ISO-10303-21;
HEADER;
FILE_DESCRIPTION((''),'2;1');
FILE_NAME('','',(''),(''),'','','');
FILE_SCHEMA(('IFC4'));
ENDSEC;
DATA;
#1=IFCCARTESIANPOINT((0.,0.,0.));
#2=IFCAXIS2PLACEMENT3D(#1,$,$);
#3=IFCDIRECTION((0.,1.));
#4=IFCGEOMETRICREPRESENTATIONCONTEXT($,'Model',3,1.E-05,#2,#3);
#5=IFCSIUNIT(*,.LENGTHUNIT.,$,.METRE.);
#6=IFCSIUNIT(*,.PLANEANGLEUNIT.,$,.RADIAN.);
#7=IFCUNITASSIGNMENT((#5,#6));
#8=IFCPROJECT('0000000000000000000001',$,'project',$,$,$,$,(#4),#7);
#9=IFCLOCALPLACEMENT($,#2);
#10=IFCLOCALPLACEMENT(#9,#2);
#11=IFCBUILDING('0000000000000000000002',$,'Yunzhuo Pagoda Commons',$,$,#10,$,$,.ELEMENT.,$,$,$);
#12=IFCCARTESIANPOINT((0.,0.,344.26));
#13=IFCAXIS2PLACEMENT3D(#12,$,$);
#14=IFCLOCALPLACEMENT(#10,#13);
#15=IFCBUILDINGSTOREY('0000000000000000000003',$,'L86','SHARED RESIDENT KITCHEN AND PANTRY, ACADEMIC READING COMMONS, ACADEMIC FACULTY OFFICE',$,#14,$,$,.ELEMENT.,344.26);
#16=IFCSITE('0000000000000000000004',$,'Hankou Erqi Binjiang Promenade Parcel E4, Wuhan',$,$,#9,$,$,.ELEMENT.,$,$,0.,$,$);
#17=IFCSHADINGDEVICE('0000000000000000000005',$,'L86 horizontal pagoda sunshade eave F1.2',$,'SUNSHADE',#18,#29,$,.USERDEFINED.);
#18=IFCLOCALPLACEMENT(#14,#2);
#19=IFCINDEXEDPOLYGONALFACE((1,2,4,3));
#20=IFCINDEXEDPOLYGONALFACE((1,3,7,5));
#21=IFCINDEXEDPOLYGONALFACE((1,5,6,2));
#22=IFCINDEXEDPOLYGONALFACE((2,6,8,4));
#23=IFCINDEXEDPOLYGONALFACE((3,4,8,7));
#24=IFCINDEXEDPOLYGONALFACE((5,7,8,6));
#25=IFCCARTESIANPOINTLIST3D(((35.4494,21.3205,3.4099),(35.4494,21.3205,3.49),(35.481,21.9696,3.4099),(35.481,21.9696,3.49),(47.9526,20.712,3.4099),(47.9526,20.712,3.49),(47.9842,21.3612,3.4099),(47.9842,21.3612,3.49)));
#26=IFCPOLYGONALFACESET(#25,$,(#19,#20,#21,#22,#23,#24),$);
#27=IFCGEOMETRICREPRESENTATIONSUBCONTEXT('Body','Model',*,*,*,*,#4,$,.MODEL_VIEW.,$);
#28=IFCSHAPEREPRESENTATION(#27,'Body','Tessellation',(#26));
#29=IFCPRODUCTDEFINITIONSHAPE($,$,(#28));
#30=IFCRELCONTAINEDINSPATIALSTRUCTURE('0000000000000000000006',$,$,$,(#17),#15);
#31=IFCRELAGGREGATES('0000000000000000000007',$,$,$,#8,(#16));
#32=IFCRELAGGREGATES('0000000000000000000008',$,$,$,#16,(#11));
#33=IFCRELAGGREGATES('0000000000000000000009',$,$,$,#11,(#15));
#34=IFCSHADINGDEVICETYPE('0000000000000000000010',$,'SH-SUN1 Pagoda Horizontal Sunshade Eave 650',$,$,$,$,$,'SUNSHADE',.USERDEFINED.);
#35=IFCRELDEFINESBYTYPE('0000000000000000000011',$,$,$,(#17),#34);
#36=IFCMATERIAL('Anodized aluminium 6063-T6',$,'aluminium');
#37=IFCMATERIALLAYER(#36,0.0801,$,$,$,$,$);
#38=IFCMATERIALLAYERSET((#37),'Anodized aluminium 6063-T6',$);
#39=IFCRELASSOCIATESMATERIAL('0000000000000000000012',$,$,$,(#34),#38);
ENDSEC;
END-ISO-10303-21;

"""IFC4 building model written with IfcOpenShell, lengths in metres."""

from ifc_helpers import new_model, si_unit, direction, frame, origin, origin_2d, place, context, subcontext, project, spatial, rectangle, extrude, source, transform, mapped, material, layer, layer_set, type_object, element, save


model = new_model("IFC4")

# Units and contexts
model_context = context("Model", 3, precision=1e-05, world=origin(), true_north=direction((0.0, 1.0)))
body_context = subcontext(model_context, "Body", "Model", "MODEL_VIEW")
ifc_project = project(units=[si_unit("LENGTHUNIT", "METRE"), si_unit("PLANEANGLEUNIT", "RADIAN")], contexts=[model_context])

# Site, building, storey
site_placement = place(None, origin())
site = spatial("IfcSite", under=ifc_project, at=site_placement, Name="Hankou Erqi Binjiang Promenade Parcel E4, Wuhan", CompositionType="ELEMENT", RefElevation=0.0)
building_placement = place(site_placement, origin())
building = spatial("IfcBuilding", under=site, at=building_placement, Name="Yunzhuo Pagoda Commons", CompositionType="ELEMENT")
storey_placement = place(building_placement, frame((0.0, 0.0, 344.26)))
storey = spatial("IfcBuildingStorey", under=building, at=storey_placement, Name="L86", Description="SHARED RESIDENT KITCHEN AND PANTRY, ACADEMIC READING COMMONS, ACADEMIC FACULTY OFFICE", CompositionType="ELEMENT", Elevation=344.26)

# Shared definitions
ifc_material_1 = material(Name="Anodized aluminium 6063-T6", Category="aluminium")

# Shading device
ifc_layer_1 = layer(ifc_material_1, 0.0801)
ifc_layer_set_1 = layer_set([ifc_layer_1], Name="Anodized aluminium 6063-T6")
shading_device_type = type_object("IfcShadingDeviceType", Name="SH-SUN1 Pagoda Horizontal Sunshade Eave 650", ElementType="SUNSHADE", PredefinedType="USERDEFINED", material=ifc_layer_set_1)
shared_shape_1 = source(origin(), body_context, "Body", "SweptSolid", [
    extrude(rectangle(XDim=12.5181, YDim=0.6499, at=origin_2d()), origin(), (0.0, 0.0, 1.0), 0.0801),
])
shading_device_placement = place(storey_placement, frame((41.7168, 21.3408, 3.4099), z_axis=(0.0, 0.0, 1.0), x_axis=(0.998818, -0.048606, 0.0)))
element("IfcShadingDevice", 1, at=shading_device_placement, inside=storey, type_object=shading_device_type, Name="L86 horizontal pagoda sunshade eave F1.2", ObjectType="SUNSHADE", PredefinedType="USERDEFINED", context=body_context, shape_type="MappedRepresentation", body=[
    mapped(shared_shape_1, transform((0.0, 0.0, 0.0), scale=1.0)),
])

save(model, "model.ifc")
